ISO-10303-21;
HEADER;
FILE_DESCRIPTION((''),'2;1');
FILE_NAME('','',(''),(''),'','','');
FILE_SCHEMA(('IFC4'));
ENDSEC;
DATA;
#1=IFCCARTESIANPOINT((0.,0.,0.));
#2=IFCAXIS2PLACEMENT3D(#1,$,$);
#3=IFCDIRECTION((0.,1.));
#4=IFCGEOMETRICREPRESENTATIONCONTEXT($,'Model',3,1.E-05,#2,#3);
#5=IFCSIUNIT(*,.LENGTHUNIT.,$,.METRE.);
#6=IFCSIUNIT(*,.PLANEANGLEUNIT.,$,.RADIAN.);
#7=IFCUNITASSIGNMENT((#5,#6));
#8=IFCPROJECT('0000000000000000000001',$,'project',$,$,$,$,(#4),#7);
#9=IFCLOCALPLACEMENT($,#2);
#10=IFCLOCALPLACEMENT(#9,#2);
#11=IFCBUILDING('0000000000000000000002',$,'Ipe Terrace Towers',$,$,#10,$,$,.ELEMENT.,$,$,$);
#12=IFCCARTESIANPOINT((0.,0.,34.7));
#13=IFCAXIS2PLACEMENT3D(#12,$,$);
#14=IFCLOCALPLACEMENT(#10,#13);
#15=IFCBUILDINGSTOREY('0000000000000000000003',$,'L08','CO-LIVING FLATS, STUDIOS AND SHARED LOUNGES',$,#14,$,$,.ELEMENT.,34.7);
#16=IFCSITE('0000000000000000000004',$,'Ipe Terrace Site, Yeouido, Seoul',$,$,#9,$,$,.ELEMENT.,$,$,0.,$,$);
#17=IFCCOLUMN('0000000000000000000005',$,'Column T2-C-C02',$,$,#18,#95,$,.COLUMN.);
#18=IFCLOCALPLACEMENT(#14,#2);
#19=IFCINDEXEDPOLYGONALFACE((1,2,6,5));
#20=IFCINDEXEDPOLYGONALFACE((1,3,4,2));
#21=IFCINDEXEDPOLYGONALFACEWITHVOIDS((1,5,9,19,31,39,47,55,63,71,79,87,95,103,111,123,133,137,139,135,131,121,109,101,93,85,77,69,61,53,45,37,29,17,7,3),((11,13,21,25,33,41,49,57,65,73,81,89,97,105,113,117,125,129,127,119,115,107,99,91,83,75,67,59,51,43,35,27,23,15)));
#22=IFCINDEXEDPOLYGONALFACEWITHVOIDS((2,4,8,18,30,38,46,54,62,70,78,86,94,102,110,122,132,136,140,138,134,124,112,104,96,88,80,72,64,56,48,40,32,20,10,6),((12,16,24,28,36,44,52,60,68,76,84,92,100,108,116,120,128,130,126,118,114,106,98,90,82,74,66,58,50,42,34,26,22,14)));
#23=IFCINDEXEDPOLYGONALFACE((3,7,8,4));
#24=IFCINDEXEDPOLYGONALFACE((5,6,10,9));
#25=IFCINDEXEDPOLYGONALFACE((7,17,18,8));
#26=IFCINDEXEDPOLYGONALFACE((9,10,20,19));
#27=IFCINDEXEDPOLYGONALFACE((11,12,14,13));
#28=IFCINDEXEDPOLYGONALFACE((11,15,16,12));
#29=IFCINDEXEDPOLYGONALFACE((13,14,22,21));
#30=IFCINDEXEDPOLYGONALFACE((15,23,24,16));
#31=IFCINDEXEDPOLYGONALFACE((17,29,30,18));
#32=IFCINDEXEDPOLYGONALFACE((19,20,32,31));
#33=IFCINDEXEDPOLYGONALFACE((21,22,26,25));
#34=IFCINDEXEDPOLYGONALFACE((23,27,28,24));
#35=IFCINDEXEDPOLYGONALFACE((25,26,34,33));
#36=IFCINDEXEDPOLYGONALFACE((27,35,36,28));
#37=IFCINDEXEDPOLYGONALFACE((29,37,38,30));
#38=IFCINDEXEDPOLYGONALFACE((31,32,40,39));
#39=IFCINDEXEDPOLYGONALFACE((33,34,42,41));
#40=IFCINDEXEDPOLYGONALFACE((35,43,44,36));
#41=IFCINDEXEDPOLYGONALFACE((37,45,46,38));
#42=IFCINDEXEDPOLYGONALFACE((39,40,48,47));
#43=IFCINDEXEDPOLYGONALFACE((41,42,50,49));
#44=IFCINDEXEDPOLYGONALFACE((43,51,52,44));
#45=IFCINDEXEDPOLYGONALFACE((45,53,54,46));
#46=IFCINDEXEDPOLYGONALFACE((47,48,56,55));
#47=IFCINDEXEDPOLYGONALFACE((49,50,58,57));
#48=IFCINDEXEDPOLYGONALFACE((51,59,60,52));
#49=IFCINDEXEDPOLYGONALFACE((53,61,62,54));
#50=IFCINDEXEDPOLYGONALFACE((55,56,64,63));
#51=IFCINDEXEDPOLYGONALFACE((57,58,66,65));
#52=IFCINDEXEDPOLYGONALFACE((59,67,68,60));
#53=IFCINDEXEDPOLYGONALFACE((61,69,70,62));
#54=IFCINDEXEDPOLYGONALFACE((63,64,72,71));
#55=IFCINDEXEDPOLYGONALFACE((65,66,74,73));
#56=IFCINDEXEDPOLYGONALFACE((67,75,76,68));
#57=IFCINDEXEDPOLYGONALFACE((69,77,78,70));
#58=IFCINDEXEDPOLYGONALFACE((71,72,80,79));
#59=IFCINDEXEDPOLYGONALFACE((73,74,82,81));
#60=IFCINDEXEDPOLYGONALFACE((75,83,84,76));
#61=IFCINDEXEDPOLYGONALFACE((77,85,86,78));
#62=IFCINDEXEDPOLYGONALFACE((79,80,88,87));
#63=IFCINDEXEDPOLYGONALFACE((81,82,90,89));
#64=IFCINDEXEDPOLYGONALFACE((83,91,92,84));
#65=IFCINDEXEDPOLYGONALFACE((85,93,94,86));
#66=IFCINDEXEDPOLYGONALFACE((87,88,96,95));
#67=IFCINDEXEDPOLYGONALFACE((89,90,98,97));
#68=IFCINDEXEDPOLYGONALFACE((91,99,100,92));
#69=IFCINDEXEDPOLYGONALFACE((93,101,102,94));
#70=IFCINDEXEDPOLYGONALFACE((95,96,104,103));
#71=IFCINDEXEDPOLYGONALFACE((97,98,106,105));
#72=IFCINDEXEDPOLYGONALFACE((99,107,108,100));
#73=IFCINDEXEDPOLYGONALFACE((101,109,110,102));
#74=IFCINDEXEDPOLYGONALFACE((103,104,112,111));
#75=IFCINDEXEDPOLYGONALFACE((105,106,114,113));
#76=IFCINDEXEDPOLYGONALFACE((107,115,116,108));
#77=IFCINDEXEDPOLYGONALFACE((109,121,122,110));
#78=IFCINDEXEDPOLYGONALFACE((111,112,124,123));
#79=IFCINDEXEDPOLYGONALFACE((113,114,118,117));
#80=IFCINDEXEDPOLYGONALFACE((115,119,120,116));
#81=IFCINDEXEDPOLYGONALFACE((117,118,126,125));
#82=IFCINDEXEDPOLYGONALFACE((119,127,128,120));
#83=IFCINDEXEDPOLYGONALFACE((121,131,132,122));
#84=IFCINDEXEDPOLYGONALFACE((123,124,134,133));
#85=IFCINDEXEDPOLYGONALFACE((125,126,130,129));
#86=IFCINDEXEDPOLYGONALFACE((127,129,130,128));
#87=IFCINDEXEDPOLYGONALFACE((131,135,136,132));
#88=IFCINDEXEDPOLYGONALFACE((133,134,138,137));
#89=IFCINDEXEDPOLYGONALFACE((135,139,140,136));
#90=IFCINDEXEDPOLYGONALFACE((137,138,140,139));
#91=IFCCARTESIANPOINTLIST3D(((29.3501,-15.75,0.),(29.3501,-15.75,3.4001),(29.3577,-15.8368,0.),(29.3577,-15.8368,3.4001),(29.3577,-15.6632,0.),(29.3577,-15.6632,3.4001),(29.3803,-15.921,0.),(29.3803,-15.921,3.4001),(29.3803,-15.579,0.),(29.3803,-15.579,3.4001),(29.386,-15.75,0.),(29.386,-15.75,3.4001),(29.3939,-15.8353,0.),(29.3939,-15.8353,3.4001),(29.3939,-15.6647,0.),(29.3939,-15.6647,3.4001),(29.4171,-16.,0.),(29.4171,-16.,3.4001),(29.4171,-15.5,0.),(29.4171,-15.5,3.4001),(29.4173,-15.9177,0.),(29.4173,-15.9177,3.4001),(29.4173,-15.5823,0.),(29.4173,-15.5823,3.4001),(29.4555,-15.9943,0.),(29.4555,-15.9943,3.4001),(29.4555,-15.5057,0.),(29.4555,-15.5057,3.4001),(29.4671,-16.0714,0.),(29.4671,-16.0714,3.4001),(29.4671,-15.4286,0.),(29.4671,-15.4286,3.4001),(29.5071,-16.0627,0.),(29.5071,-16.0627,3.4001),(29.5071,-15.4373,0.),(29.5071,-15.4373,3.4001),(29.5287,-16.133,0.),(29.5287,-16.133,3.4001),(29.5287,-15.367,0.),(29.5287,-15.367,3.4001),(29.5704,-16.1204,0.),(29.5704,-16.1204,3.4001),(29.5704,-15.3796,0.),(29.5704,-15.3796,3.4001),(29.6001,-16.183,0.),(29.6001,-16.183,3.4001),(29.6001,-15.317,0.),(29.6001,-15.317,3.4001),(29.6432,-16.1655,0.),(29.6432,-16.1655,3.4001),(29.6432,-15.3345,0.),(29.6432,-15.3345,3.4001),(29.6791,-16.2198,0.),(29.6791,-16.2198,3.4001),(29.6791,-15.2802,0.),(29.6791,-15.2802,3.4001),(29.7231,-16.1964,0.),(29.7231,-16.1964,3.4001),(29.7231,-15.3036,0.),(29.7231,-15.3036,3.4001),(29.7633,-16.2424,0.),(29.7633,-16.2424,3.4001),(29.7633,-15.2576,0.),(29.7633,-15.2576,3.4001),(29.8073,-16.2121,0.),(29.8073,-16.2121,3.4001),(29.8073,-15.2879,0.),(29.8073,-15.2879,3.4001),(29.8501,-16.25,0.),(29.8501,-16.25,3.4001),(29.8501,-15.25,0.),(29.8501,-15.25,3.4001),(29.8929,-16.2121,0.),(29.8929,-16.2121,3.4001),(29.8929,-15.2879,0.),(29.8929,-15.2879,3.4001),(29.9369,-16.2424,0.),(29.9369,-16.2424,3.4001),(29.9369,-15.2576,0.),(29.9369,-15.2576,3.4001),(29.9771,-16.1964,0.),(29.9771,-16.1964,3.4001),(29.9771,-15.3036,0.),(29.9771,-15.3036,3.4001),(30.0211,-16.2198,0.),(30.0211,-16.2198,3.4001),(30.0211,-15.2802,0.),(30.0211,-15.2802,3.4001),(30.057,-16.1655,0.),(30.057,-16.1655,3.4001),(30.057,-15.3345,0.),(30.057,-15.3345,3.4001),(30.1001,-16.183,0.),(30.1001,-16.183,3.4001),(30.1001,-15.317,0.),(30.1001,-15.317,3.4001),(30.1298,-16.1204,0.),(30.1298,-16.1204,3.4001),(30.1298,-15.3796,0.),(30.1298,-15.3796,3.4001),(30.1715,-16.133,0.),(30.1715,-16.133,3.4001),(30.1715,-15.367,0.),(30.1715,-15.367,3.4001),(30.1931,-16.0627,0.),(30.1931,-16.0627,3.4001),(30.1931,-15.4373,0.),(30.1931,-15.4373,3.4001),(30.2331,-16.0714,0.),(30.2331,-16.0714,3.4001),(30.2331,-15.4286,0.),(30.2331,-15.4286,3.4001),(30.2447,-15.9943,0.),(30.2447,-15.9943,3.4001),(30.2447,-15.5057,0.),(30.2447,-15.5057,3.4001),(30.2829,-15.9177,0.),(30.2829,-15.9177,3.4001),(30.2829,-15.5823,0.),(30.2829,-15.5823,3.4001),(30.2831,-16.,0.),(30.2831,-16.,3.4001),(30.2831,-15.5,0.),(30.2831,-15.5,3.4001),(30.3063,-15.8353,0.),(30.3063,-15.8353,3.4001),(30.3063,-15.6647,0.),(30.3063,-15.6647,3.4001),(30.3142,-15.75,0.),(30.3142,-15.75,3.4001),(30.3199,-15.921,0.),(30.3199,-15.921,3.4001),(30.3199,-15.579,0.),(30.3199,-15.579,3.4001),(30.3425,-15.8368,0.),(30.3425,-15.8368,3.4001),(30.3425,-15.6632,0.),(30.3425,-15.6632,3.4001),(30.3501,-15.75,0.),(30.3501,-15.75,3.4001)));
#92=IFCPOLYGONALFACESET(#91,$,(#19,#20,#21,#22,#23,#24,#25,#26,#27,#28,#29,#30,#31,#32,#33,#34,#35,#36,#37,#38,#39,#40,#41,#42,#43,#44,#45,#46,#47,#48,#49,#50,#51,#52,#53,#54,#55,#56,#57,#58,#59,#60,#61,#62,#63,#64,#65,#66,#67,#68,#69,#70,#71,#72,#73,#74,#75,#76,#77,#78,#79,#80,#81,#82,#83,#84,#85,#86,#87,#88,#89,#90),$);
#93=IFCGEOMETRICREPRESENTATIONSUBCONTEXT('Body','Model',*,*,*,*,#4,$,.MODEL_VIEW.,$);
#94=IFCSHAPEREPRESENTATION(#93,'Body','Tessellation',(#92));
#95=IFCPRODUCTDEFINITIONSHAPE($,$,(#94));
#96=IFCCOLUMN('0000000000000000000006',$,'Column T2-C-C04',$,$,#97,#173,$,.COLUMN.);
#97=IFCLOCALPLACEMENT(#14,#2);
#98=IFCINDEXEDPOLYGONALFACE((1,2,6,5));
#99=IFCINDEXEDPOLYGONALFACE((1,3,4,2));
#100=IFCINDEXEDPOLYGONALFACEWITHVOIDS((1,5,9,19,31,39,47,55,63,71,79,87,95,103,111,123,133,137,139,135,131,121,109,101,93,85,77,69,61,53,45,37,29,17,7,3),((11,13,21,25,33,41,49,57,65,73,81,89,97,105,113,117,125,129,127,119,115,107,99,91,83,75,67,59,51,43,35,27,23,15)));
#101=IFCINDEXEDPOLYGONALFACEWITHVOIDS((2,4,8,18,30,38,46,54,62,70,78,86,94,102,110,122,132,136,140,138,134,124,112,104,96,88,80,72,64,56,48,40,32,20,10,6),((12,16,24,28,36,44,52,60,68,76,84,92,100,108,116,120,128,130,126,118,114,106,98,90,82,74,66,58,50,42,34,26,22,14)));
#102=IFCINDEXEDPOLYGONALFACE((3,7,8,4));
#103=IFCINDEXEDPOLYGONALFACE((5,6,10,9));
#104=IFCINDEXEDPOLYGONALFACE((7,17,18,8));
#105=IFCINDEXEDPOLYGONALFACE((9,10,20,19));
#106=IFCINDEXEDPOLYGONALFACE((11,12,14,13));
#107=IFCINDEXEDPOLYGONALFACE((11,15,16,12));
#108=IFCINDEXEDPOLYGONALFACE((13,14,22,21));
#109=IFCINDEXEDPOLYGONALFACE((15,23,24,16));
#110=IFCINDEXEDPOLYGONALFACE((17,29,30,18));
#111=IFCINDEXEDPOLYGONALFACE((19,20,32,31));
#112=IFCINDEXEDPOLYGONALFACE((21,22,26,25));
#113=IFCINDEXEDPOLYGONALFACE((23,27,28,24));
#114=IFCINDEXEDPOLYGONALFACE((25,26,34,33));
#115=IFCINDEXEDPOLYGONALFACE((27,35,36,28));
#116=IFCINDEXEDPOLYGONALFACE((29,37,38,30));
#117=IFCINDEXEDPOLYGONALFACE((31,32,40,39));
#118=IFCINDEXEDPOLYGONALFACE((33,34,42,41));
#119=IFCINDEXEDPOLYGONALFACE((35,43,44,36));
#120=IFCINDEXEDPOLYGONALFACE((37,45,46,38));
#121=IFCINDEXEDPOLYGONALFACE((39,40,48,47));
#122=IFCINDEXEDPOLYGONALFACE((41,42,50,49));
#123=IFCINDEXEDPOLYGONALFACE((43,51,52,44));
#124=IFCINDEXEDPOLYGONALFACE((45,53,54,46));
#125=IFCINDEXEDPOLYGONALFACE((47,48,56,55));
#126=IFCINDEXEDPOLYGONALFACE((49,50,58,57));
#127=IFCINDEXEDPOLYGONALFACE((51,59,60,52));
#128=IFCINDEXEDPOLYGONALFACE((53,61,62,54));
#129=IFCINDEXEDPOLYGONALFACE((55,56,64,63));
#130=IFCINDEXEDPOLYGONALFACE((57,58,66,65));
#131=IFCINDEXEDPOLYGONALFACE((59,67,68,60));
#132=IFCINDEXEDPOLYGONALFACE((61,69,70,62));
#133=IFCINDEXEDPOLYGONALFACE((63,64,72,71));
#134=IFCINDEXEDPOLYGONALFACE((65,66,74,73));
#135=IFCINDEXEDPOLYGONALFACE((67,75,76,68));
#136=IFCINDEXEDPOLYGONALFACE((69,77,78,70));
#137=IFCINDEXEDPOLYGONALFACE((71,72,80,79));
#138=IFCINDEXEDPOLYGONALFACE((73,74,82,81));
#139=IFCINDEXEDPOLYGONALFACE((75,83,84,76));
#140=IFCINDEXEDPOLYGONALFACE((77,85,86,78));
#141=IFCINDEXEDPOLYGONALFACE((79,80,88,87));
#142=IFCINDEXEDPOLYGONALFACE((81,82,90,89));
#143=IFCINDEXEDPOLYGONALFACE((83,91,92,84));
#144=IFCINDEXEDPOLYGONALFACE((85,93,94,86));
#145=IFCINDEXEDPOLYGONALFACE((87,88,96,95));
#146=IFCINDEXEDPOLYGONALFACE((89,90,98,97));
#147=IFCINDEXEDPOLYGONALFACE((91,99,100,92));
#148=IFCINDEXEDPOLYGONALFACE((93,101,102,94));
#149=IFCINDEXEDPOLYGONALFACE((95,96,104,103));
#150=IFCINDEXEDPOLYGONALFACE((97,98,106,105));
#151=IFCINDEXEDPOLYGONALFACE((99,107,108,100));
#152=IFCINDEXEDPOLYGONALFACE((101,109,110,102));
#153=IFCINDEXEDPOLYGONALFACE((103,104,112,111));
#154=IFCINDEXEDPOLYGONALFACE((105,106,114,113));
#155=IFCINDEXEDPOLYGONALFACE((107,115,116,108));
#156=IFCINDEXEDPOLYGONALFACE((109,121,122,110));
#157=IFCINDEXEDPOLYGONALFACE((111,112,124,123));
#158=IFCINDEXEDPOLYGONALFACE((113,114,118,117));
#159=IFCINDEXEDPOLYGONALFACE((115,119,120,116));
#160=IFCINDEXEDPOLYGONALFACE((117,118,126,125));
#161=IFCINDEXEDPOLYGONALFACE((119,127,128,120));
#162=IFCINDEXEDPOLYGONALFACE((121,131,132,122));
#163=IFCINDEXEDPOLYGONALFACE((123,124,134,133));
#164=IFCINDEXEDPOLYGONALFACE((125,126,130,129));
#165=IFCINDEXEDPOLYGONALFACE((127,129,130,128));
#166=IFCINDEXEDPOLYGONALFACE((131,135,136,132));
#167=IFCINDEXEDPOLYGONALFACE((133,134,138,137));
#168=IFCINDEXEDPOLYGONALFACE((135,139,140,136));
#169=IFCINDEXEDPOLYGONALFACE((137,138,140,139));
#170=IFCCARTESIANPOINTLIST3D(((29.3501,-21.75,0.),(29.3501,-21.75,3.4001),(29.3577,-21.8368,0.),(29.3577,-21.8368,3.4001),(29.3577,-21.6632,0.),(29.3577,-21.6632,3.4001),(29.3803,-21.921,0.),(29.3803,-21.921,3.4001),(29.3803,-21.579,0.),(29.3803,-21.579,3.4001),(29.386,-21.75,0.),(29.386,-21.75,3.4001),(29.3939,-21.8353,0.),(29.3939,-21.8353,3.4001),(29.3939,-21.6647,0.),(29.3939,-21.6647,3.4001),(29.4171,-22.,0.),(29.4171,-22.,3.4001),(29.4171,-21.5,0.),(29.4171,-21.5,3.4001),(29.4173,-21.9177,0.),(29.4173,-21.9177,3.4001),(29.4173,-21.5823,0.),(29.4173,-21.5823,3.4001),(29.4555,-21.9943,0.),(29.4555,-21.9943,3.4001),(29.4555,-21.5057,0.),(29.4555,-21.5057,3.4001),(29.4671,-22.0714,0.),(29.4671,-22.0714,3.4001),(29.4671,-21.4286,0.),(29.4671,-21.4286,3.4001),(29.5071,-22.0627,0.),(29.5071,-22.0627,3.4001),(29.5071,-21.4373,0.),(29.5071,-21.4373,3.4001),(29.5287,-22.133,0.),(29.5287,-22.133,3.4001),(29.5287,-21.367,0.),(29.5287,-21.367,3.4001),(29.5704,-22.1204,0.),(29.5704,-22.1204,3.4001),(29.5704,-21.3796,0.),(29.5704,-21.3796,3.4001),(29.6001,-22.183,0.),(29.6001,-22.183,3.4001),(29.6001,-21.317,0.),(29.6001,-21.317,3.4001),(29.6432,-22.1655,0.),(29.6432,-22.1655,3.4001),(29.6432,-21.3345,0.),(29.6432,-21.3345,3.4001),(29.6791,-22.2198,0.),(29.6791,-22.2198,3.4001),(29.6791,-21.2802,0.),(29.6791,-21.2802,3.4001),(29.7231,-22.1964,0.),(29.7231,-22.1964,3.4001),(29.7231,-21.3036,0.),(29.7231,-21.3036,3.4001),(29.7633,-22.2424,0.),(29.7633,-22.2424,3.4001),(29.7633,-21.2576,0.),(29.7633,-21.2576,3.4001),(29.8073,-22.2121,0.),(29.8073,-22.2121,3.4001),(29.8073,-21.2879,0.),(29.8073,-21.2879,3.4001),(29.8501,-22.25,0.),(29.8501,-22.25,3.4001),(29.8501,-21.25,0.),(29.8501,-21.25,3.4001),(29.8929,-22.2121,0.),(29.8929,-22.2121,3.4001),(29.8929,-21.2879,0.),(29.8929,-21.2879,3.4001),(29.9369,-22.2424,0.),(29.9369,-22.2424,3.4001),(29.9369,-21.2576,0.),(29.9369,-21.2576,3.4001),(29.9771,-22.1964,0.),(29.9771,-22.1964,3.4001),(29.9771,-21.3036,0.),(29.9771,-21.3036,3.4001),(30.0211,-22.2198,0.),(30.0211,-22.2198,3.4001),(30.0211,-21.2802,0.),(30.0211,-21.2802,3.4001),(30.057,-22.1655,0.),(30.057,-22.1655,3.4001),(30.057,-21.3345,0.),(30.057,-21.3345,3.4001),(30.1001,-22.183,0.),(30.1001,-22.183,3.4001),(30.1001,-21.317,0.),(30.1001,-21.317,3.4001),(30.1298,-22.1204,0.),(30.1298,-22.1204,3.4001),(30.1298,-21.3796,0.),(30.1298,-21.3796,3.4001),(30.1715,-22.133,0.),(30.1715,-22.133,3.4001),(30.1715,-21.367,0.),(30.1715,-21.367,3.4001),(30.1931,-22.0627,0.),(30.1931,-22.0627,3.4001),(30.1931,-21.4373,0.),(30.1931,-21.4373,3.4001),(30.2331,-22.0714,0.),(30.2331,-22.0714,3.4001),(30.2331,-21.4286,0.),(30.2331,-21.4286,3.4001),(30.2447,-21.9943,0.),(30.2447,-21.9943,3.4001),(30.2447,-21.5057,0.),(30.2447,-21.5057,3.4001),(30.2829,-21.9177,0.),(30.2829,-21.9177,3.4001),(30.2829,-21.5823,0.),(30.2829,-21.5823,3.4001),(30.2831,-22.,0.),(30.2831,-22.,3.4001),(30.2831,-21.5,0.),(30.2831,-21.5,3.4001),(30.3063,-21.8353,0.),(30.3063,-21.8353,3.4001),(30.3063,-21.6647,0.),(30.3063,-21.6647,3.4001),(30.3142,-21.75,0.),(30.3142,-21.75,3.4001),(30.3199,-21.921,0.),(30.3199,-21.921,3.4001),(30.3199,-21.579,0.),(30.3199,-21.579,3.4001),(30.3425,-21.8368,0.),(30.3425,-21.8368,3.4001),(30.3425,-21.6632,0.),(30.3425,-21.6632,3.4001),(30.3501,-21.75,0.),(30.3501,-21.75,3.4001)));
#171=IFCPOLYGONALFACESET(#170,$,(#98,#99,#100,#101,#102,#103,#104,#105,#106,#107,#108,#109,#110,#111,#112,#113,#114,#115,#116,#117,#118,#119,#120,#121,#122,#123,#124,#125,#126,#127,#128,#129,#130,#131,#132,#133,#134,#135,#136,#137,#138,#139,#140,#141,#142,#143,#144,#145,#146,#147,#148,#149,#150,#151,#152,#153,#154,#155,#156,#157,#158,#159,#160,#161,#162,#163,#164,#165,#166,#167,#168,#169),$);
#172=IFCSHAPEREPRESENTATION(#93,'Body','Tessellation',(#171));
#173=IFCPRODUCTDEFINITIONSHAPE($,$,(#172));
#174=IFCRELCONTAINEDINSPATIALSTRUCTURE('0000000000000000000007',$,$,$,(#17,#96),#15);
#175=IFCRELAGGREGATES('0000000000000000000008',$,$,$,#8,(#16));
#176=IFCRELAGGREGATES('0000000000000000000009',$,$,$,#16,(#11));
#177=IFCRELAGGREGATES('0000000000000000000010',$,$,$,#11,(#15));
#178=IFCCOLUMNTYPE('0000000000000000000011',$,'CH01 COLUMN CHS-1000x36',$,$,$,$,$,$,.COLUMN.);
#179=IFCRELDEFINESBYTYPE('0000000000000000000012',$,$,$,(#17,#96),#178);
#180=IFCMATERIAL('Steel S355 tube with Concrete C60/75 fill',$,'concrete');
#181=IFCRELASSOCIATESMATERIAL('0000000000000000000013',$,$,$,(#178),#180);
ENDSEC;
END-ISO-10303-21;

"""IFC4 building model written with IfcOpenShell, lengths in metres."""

from ifc_helpers import new_model, si_unit, direction, frame, origin, origin_2d, place, context, subcontext, project, spatial, hollow_circle, extrude, material, material_profile, profile_set, type_object, element, save


model = new_model("IFC4")

# Units and contexts
model_context = context("Model", 3, precision=1e-05, world=origin(), true_north=direction((0.0, 1.0)))
body_context = subcontext(model_context, "Body", "Model", "MODEL_VIEW")
ifc_project = project(units=[si_unit("LENGTHUNIT", "METRE"), si_unit("PLANEANGLEUNIT", "RADIAN")], contexts=[model_context])

# Site, building, storey
site_placement = place(None, origin())
site = spatial("IfcSite", under=ifc_project, at=site_placement, Name="Ipe Terrace Site, Yeouido, Seoul", CompositionType="ELEMENT", RefElevation=0.0)
building_placement = place(site_placement, origin())
building = spatial("IfcBuilding", under=site, at=building_placement, Name="Ipe Terrace Towers", CompositionType="ELEMENT")
storey_placement = place(building_placement, frame((0.0, 0.0, 34.7)))
storey = spatial("IfcBuildingStorey", under=building, at=storey_placement, Name="L08", Description="CO-LIVING FLATS, STUDIOS AND SHARED LOUNGES", CompositionType="ELEMENT", Elevation=34.7)

# Columns
ifc_material_1 = material(Name="Steel S355 tube with Concrete C60/75 fill", Category="concrete")
ifc_material_profile_1 = material_profile(ifc_material_1, hollow_circle(Radius=0.5, WallThickness=0.0359, at=origin_2d()), Name="CHS-1000x36")
ifc_profile_set_1 = profile_set([ifc_material_profile_1], Name="Steel S355 tube with Concrete C60/75 fill")
column_type_1 = type_object("IfcColumnType", Name="CH01 COLUMN CHS-1000x36", PredefinedType="COLUMN", material=ifc_profile_set_1)
for number, where, z_axis, x_axis, name in (
    (1, (29.8501, -15.75, 0.0), (0.0, 0.0, 1.0), (1.0, 0.0, 0.0), "Column T2-C-C02"),
    (2, (29.8501, -21.75, 0.0), (0.0, 0.0, 1.0), (1.0, 0.0, 0.0), "Column T2-C-C04"),
):
    element("IfcColumn", number, at=place(storey_placement, frame(where, z_axis=z_axis, x_axis=x_axis)), inside=storey, type_object=column_type_1, Name=name, PredefinedType="COLUMN", context=body_context, shape_type="SweptSolid", body=[
        extrude(hollow_circle(Radius=0.5, WallThickness=0.0359, at=origin_2d()), origin(), (0.0, 0.0, 1.0), 3.4001),
    ])

save(model, "model.ifc")
